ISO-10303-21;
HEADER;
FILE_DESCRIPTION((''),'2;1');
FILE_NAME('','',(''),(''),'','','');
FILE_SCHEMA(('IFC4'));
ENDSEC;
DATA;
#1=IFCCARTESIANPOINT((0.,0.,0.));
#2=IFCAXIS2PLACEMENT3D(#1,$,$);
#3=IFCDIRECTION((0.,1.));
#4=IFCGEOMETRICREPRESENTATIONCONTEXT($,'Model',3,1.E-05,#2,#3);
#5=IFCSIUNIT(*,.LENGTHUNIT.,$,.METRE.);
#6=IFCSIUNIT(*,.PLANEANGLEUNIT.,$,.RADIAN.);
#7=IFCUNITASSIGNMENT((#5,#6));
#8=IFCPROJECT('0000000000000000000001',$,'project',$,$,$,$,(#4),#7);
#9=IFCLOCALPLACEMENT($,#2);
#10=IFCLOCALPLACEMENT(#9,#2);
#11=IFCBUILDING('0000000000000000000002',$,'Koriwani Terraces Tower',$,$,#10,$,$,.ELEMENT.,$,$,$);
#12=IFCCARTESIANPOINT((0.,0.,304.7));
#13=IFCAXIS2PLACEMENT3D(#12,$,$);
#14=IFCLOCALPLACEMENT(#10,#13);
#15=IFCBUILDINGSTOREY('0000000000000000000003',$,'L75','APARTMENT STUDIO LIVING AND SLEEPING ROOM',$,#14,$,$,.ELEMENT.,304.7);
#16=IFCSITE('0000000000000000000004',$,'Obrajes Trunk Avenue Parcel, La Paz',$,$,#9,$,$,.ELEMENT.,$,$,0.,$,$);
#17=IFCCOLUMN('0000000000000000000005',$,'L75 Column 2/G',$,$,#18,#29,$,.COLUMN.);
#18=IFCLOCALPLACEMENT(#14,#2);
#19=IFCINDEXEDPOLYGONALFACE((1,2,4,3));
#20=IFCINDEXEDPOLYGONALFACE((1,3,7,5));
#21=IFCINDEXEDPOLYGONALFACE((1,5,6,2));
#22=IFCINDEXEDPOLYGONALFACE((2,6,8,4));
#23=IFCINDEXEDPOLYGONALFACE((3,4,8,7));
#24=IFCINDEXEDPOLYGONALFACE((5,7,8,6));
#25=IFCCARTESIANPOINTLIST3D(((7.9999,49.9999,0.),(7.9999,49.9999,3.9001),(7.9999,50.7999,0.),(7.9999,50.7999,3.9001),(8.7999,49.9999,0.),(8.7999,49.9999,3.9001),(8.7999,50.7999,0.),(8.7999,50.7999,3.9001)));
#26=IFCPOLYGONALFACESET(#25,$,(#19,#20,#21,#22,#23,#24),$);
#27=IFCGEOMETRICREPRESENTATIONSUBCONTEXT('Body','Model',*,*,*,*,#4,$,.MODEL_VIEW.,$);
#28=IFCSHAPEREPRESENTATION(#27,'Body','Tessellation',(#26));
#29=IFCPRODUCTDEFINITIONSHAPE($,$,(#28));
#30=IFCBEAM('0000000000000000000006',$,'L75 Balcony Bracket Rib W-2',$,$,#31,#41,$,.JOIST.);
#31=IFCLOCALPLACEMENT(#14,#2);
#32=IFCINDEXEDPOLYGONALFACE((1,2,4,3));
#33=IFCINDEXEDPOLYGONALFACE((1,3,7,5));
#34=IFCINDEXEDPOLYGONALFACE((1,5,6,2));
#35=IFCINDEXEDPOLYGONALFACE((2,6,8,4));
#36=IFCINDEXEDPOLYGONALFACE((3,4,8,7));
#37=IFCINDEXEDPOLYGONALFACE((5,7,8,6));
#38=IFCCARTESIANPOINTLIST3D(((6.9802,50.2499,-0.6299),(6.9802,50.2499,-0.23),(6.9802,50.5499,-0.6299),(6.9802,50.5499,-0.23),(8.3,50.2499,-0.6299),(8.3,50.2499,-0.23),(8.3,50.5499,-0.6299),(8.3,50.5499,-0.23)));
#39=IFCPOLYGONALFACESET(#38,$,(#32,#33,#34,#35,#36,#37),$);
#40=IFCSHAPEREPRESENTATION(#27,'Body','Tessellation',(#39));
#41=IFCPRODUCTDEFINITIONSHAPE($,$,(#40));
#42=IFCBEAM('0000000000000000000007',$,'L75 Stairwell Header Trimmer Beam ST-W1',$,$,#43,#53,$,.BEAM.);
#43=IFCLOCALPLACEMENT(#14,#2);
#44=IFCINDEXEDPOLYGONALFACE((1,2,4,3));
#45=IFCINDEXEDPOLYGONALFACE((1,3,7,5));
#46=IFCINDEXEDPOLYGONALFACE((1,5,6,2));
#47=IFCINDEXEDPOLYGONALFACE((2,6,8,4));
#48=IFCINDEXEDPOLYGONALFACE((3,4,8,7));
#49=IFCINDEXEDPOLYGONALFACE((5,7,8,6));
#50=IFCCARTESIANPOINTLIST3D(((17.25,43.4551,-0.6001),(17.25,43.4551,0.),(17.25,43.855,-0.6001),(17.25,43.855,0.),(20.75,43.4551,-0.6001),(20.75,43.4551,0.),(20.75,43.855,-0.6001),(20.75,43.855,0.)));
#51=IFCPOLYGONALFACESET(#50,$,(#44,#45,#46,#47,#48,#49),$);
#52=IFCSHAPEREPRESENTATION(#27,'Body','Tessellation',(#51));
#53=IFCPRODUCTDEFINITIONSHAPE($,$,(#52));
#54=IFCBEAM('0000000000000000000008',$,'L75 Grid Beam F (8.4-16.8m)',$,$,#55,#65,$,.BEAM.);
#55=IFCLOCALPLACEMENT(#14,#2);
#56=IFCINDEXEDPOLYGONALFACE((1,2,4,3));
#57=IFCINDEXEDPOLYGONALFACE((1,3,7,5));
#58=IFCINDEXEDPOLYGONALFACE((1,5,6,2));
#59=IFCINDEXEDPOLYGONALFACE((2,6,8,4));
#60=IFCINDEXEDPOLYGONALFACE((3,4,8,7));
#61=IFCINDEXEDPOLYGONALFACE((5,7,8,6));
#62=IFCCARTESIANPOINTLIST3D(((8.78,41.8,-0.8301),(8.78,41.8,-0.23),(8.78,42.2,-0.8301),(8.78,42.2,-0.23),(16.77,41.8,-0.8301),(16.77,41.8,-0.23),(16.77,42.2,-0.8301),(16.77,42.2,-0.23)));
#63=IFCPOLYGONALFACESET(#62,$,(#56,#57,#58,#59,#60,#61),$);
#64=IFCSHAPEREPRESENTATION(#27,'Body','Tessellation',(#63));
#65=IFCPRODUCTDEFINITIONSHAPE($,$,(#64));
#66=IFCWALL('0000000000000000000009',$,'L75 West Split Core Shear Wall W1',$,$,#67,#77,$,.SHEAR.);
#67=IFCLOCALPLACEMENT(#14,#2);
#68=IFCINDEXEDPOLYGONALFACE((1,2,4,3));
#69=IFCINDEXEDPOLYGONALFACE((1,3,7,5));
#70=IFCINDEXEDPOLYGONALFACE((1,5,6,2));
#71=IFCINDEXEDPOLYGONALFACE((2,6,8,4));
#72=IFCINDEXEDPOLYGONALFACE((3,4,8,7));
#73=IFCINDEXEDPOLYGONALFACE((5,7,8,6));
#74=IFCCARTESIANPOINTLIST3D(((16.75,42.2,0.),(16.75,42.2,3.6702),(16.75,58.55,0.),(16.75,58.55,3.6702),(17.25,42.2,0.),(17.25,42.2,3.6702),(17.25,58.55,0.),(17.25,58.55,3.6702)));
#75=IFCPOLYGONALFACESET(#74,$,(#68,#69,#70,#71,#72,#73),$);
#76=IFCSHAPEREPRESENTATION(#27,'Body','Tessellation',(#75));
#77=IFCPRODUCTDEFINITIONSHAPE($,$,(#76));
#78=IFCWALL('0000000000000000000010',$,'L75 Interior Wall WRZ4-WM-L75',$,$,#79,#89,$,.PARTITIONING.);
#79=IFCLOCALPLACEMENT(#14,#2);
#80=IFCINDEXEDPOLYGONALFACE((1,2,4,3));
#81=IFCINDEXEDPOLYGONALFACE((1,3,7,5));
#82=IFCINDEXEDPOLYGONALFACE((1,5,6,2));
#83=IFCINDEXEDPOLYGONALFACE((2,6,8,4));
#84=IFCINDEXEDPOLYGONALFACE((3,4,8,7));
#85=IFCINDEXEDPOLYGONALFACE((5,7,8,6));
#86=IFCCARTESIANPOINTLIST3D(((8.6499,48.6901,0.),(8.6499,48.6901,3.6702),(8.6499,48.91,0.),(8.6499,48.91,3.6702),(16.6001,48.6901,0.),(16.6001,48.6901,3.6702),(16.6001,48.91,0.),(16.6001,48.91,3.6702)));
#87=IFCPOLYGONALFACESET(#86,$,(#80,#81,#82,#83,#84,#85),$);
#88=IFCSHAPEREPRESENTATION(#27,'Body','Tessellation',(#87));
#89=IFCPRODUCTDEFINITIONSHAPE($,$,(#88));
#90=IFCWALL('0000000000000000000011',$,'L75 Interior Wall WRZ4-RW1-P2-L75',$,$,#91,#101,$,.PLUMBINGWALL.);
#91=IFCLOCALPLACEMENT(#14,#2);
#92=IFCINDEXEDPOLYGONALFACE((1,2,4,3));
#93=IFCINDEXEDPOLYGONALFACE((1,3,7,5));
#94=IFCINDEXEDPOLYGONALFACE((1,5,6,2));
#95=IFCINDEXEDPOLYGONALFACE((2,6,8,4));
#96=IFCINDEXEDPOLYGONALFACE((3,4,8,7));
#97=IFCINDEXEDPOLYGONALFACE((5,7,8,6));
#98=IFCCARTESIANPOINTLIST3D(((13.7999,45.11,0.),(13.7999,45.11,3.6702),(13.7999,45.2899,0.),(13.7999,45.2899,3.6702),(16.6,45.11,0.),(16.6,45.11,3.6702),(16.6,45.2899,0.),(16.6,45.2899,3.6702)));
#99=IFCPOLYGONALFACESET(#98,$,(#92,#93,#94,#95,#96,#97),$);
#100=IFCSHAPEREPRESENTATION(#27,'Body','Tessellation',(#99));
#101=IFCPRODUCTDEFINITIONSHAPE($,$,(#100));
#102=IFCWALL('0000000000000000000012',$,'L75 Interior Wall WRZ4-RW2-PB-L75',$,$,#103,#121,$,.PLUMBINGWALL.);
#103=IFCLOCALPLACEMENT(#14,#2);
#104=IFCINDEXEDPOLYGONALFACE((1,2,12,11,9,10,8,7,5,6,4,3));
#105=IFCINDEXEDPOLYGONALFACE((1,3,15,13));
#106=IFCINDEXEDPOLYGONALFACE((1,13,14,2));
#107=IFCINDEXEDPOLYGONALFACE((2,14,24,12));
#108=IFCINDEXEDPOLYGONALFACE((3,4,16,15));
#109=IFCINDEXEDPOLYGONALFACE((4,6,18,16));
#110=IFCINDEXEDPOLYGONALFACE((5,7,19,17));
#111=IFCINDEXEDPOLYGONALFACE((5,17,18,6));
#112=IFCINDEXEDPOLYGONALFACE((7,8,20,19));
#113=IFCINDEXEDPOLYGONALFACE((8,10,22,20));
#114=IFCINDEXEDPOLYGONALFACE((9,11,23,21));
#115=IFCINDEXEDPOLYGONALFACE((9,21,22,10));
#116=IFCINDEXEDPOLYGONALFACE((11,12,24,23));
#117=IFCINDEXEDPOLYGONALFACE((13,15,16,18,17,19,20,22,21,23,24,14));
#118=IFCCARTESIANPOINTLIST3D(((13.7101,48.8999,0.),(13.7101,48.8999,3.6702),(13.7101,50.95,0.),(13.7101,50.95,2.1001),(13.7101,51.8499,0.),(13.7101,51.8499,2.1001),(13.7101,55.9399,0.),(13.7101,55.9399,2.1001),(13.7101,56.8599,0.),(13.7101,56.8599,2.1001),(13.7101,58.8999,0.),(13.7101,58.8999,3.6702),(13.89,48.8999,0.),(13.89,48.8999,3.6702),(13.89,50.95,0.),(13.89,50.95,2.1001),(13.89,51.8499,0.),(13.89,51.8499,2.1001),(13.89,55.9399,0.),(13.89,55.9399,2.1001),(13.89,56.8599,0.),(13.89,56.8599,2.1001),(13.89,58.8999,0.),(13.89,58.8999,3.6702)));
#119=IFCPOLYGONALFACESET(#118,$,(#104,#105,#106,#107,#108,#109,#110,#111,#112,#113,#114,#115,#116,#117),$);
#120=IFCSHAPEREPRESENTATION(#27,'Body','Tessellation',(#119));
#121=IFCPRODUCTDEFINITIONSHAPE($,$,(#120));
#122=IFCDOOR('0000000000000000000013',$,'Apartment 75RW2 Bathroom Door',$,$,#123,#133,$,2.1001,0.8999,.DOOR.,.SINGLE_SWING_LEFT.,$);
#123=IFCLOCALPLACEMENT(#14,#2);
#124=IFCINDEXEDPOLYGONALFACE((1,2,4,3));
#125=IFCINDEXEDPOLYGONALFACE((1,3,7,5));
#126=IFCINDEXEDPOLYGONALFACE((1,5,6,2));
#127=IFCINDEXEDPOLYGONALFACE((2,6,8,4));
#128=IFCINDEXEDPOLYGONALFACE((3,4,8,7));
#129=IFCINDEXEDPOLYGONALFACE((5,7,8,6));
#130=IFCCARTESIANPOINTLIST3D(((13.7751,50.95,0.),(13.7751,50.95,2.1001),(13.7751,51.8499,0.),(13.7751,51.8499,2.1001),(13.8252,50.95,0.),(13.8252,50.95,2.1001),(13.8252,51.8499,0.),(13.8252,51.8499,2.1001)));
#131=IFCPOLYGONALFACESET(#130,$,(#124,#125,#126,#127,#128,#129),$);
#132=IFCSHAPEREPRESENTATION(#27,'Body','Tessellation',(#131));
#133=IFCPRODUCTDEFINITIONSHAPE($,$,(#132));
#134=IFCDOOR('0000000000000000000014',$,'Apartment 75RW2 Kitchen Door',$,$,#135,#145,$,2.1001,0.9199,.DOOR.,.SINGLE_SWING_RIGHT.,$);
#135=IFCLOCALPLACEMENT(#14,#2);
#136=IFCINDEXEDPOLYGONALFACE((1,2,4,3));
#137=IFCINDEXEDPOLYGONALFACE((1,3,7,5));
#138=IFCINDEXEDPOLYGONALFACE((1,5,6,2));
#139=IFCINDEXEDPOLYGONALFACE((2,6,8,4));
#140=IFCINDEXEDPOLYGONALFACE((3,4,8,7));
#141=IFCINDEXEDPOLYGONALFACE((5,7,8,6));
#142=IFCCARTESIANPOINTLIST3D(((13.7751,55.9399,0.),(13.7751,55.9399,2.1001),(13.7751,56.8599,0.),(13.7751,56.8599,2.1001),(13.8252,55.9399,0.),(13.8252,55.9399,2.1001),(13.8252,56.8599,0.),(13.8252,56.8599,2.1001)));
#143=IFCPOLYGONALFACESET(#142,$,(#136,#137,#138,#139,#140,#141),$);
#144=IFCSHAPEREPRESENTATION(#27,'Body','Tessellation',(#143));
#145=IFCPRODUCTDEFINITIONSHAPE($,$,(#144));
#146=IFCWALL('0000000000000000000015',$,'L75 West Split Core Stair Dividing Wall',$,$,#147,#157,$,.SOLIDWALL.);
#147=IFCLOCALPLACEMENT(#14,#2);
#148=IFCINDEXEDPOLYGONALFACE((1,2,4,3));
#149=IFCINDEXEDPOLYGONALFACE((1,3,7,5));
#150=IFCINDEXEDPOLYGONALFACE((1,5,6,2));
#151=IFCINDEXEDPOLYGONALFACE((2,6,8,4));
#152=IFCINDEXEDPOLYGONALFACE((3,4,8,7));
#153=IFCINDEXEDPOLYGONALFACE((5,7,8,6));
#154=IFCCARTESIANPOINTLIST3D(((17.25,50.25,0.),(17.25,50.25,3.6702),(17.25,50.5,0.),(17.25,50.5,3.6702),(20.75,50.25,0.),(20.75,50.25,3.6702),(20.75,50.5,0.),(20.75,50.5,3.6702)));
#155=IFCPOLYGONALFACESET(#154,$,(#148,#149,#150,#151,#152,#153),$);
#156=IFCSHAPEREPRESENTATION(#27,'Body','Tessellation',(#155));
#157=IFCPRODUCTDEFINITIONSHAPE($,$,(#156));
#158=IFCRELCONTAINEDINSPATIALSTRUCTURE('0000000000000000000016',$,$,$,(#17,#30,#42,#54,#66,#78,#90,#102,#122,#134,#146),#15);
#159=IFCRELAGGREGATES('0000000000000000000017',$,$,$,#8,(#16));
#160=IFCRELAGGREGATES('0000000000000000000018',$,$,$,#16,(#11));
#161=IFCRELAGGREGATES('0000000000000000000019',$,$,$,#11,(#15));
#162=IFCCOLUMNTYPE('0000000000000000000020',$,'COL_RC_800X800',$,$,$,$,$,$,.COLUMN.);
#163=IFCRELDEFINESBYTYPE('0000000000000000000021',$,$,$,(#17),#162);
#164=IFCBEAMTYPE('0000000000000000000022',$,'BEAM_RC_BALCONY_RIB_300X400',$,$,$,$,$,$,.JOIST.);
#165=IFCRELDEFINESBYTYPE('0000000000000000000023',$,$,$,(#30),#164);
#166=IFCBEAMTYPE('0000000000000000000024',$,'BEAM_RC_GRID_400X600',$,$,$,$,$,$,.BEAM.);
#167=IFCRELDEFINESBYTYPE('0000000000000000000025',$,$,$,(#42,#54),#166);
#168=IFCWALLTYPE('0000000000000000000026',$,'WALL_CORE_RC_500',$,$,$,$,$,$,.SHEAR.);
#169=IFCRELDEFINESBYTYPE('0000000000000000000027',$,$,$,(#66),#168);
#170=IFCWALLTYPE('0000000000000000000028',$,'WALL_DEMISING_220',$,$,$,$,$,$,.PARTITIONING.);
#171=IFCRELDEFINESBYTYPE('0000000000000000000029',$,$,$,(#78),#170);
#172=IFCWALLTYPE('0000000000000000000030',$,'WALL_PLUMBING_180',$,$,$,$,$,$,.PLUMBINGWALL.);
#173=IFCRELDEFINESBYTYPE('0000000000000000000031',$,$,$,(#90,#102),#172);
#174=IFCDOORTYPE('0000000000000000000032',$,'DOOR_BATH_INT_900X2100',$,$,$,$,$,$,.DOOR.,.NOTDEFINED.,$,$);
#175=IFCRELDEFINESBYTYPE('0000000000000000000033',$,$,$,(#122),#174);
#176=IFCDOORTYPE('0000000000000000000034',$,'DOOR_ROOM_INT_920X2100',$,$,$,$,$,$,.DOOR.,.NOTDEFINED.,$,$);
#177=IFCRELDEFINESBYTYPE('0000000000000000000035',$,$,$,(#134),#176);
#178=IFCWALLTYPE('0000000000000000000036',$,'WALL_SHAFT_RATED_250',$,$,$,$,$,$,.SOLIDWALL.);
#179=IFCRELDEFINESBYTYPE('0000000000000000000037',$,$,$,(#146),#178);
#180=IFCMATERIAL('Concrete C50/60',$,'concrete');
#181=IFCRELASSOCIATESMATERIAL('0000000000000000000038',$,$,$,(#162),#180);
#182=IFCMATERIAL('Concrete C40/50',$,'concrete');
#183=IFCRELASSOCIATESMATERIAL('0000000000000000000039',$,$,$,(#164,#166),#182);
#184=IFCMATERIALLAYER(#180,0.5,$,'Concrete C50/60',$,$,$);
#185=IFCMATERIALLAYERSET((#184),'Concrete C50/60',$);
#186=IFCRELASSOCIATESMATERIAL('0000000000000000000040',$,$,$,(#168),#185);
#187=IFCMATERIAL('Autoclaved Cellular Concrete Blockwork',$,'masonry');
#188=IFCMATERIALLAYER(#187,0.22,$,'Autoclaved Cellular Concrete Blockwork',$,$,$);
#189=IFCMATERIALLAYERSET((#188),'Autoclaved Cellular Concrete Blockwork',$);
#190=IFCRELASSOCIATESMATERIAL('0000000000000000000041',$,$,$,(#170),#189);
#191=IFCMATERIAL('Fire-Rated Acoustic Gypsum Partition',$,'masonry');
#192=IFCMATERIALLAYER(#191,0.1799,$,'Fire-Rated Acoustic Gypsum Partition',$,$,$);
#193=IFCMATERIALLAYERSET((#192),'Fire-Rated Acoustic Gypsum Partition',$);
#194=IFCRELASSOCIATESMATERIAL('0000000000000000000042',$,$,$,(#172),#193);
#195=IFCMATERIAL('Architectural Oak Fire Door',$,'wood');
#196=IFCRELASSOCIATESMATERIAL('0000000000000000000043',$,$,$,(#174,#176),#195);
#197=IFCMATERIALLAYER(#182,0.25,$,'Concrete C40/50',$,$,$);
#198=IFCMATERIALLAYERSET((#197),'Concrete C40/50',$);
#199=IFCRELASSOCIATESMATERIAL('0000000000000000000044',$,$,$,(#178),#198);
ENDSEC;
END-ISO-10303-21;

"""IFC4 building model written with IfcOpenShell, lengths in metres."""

from ifc_helpers import new_model, si_unit, direction, frame, frame_2d, origin, origin_2d, place, context, subcontext, project, spatial, rectangle, extrude, material, layer, layer_set, material_profile, profile_set, type_object, element, fill, save


model = new_model("IFC4")

# Units and contexts
model_context = context("Model", 3, precision=1e-05, world=origin(), true_north=direction((0.0, 1.0)))
body_context = subcontext(model_context, "Body", "Model", "MODEL_VIEW")
ifc_project = project(units=[si_unit("LENGTHUNIT", "METRE"), si_unit("PLANEANGLEUNIT", "RADIAN")], contexts=[model_context])

# Site, building, storey
site_placement = place(None, origin())
site = spatial("IfcSite", under=ifc_project, at=site_placement, Name="Obrajes Trunk Avenue Parcel, La Paz", CompositionType="ELEMENT", RefElevation=0.0)
building_placement = place(site_placement, origin())
building = spatial("IfcBuilding", under=site, at=building_placement, Name="Koriwani Terraces Tower", CompositionType="ELEMENT")
storey_placement = place(building_placement, frame((0.0, 0.0, 304.7)))
storey = spatial("IfcBuildingStorey", under=building, at=storey_placement, Name="L75", Description="APARTMENT STUDIO LIVING AND SLEEPING ROOM", CompositionType="ELEMENT", Elevation=304.7)

# Column
ifc_material_1 = material(Name="Concrete C50/60", Category="concrete")
ifc_material_profile_1 = material_profile(ifc_material_1, rectangle(XDim=0.8, YDim=0.8, at=origin_2d()), Name="Concrete C50/60", Category="LoadBearing")
ifc_profile_set_1 = profile_set([ifc_material_profile_1], Name="Concrete C50/60")
column_type = type_object("IfcColumnType", Name="COL_RC_800X800", PredefinedType="COLUMN", material=ifc_profile_set_1)
column_placement = place(storey_placement, frame((8.3999, 50.3999, 0.0), z_axis=(0.0, 0.0, 1.0), x_axis=(1.0, 0.0, 0.0)))
element("IfcColumn", 1, at=column_placement, inside=storey, type_object=column_type, Name="L75 Column 2/G", PredefinedType="COLUMN", context=body_context, shape_type="SweptSolid", body=[
    extrude(rectangle(XDim=0.8, YDim=0.8, at=origin_2d()), origin(), (0.0, 0.0, 1.0), 3.9001),
])

# Beams
ifc_material_2 = material(Name="Concrete C40/50", Category="concrete")
ifc_material_profile_2 = material_profile(ifc_material_2, rectangle(XDim=0.3, YDim=0.3999, at=origin_2d()), Name="Concrete C40/50", Category="LoadBearing")
ifc_profile_set_2 = profile_set([ifc_material_profile_2], Name="Concrete C40/50")
beam_type_1 = type_object("IfcBeamType", Name="BEAM_RC_BALCONY_RIB_300X400", PredefinedType="JOIST", material=ifc_profile_set_2)
beam_1_placement = place(storey_placement, frame((6.9802, 50.3999, -0.4299), z_axis=(1.0, 0.0, 0.0), x_axis=(0.0, 1.0, 0.0)))
element("IfcBeam", 2, at=beam_1_placement, inside=storey, type_object=beam_type_1, Name="L75 Balcony Bracket Rib W-2", PredefinedType="JOIST", context=body_context, shape_type="SweptSolid", body=[
    extrude(rectangle(XDim=0.3, YDim=0.3999, at=origin_2d()), origin(), (0.0, 0.0, 1.0), 1.3198),
])
ifc_material_profile_3 = material_profile(ifc_material_2, rectangle(XDim=0.3999, YDim=0.6001, at=origin_2d()), Name="Concrete C40/50", Category="LoadBearing")
ifc_profile_set_3 = profile_set([ifc_material_profile_3], Name="Concrete C40/50")
beam_type_2 = type_object("IfcBeamType", Name="BEAM_RC_GRID_400X600", PredefinedType="BEAM", material=ifc_profile_set_3)
beam_2_placement = place(storey_placement, frame((17.25, 43.655, -0.3), z_axis=(1.0, 0.0, 0.0), x_axis=(0.0, 1.0, 0.0)))
element("IfcBeam", 3, at=beam_2_placement, inside=storey, type_object=beam_type_2, Name="L75 Stairwell Header Trimmer Beam ST-W1", PredefinedType="BEAM", context=body_context, shape_type="SweptSolid", body=[
    extrude(rectangle(XDim=0.3999, YDim=0.6001, at=origin_2d()), origin(), (0.0, 0.0, 1.0), 3.5),
])
beam_3_placement = place(storey_placement, frame((8.78, 42.0, -0.53), z_axis=(1.0, 0.0, 0.0), x_axis=(0.0, 1.0, 0.0)))
element("IfcBeam", 4, at=beam_3_placement, inside=storey, type_object=beam_type_2, Name="L75 Grid Beam F (8.4-16.8m)", PredefinedType="BEAM", context=body_context, shape_type="SweptSolid", body=[
    extrude(rectangle(XDim=0.3999, YDim=0.6001, at=origin_2d()), origin(), (0.0, 0.0, 1.0), 7.99),
])

# Walls
ifc_layer_1 = layer(ifc_material_1, 0.5, Name="Concrete C50/60")
ifc_layer_set_1 = layer_set([ifc_layer_1], Name="Concrete C50/60")
wall_type_1 = type_object("IfcWallType", Name="WALL_CORE_RC_500", PredefinedType="SHEAR", material=ifc_layer_set_1)
wall_1_placement = place(storey_placement, frame((17.0, 42.2, 0.0), z_axis=(0.0, 0.0, 1.0), x_axis=(0.0, 1.0, 0.0)))
element("IfcWall", 5, at=wall_1_placement, inside=storey, type_object=wall_type_1, Name="L75 West Split Core Shear Wall W1", PredefinedType="SHEAR", context=body_context, shape_type="SweptSolid", body=[
    extrude(rectangle(XDim=16.3501, YDim=0.5, at=frame_2d((8.175, 0.0))), origin(), (0.0, 0.0, 1.0), 3.6702),
])
ifc_material_3 = material(Name="Autoclaved Cellular Concrete Blockwork", Category="masonry")
ifc_layer_2 = layer(ifc_material_3, 0.22, Name="Autoclaved Cellular Concrete Blockwork")
ifc_layer_set_2 = layer_set([ifc_layer_2], Name="Autoclaved Cellular Concrete Blockwork")
wall_type_2 = type_object("IfcWallType", Name="WALL_DEMISING_220", PredefinedType="PARTITIONING", material=ifc_layer_set_2)
wall_2_placement = place(storey_placement, frame((8.6499, 48.8, 0.0), z_axis=(0.0, 0.0, 1.0), x_axis=(1.0, 0.0, 0.0)))
element("IfcWall", 6, at=wall_2_placement, inside=storey, type_object=wall_type_2, Name="L75 Interior Wall WRZ4-WM-L75", PredefinedType="PARTITIONING", context=body_context, shape_type="SweptSolid", body=[
    extrude(rectangle(XDim=7.9502, YDim=0.22, at=frame_2d((3.9751, 0.0))), origin(), (0.0, 0.0, 1.0), 3.6702),
])
ifc_material_4 = material(Name="Fire-Rated Acoustic Gypsum Partition", Category="masonry")
ifc_layer_3 = layer(ifc_material_4, 0.1799, Name="Fire-Rated Acoustic Gypsum Partition")
ifc_layer_set_3 = layer_set([ifc_layer_3], Name="Fire-Rated Acoustic Gypsum Partition")
wall_type_3 = type_object("IfcWallType", Name="WALL_PLUMBING_180", PredefinedType="PLUMBINGWALL", material=ifc_layer_set_3)
wall_3_placement = place(storey_placement, frame((13.8, 45.2, 0.0), z_axis=(0.0, 0.0, 1.0), x_axis=(1.0, 0.0, 0.0)))
element("IfcWall", 7, at=wall_3_placement, inside=storey, type_object=wall_type_3, Name="L75 Interior Wall WRZ4-RW1-P2-L75", PredefinedType="PLUMBINGWALL", context=body_context, shape_type="SweptSolid", body=[
    extrude(rectangle(XDim=2.8, YDim=0.1799, at=frame_2d((1.3999, 0.0))), origin(), (0.0, 0.0, 1.0), 3.6702),
])

# Wall, openings, doors
wall_4_placement = place(storey_placement, frame((13.8, 48.8999, 0.0), z_axis=(0.0, 0.0, 1.0), x_axis=(0.0, 1.0, 0.0)))
wall_4 = element("IfcWall", 8, at=wall_4_placement, inside=storey, type_object=wall_type_3, Name="L75 Interior Wall WRZ4-RW2-PB-L75", PredefinedType="PLUMBINGWALL", context=body_context, shape_type="SweptSolid", body=[
    extrude(rectangle(XDim=10.0, YDim=0.1799, at=frame_2d((5.0, 0.0))), origin(), (0.0, 0.0, 1.0), 3.6702),
])
opening_1_placement = place(wall_4_placement, frame((2.05, 0.0, 0.0)))
opening_1 = element("IfcOpeningElement", 9, at=opening_1_placement, cuts=wall_4, PredefinedType="OPENING", context=body_context, shape_type="SweptSolid", body=[
    extrude(rectangle(XDim=0.8999, YDim=2.1001, at=frame_2d((0.45, 1.05))), frame((0.0, 0.1001, 0.0), z_axis=(0.0, -1.0, 0.0), x_axis=(1.0, 0.0, 0.0)), (0.0, 0.0, 1.0), 0.2),
])
opening_2_placement = place(wall_4_placement, frame((7.04, 0.0, 0.0)))
opening_2 = element("IfcOpeningElement", 10, at=opening_2_placement, cuts=wall_4, PredefinedType="OPENING", context=body_context, shape_type="SweptSolid", body=[
    extrude(rectangle(XDim=0.9199, YDim=2.1001, at=frame_2d((0.46, 1.05))), frame((0.0, 0.1001, 0.0), z_axis=(0.0, -1.0, 0.0), x_axis=(1.0, 0.0, 0.0)), (0.0, 0.0, 1.0), 0.2),
])
ifc_material_5 = material(Name="Architectural Oak Fire Door", Category="wood")
door_type_1 = type_object("IfcDoorType", Name="DOOR_BATH_INT_900X2100", OperationType="NOTDEFINED", PredefinedType="DOOR", material=ifc_material_5)
door_1_placement = place(opening_1_placement, origin())
door_1 = element("IfcDoor", 11, at=door_1_placement, inside=storey, type_object=door_type_1, Name="Apartment 75RW2 Bathroom Door", OperationType="SINGLE_SWING_LEFT", OverallHeight=2.1001, OverallWidth=0.8999, PredefinedType="DOOR", context=body_context, shape_type="SweptSolid", body=[
    extrude(rectangle(XDim=0.8999, YDim=2.1001, at=frame_2d((0.45, 1.05))), frame((0.0, 0.0249, 0.0), z_axis=(0.0, -1.0, 0.0), x_axis=(1.0, 0.0, 0.0)), (0.0, 0.0, 1.0), 0.05),
])
fill(opening_1, door_1)
door_type_2 = type_object("IfcDoorType", Name="DOOR_ROOM_INT_920X2100", OperationType="NOTDEFINED", PredefinedType="DOOR", material=ifc_material_5)
door_2_placement = place(opening_2_placement, origin())
door_2 = element("IfcDoor", 12, at=door_2_placement, inside=storey, type_object=door_type_2, Name="Apartment 75RW2 Kitchen Door", OperationType="SINGLE_SWING_RIGHT", OverallHeight=2.1001, OverallWidth=0.9199, PredefinedType="DOOR", context=body_context, shape_type="SweptSolid", body=[
    extrude(rectangle(XDim=0.9199, YDim=2.1001, at=frame_2d((0.46, 1.05))), frame((0.0, 0.0249, 0.0), z_axis=(0.0, -1.0, 0.0), x_axis=(1.0, 0.0, 0.0)), (0.0, 0.0, 1.0), 0.05),
])
fill(opening_2, door_2)

# Wall
ifc_layer_4 = layer(ifc_material_2, 0.25, Name="Concrete C40/50")
ifc_layer_set_4 = layer_set([ifc_layer_4], Name="Concrete C40/50")
wall_type_4 = type_object("IfcWallType", Name="WALL_SHAFT_RATED_250", PredefinedType="SOLIDWALL", material=ifc_layer_set_4)
wall_5_placement = place(storey_placement, frame((17.25, 50.375, 0.0), z_axis=(0.0, 0.0, 1.0), x_axis=(1.0, 0.0, 0.0)))
element("IfcWall", 13, at=wall_5_placement, inside=storey, type_object=wall_type_4, Name="L75 West Split Core Stair Dividing Wall", PredefinedType="SOLIDWALL", context=body_context, shape_type="SweptSolid", body=[
    extrude(rectangle(XDim=3.5, YDim=0.25, at=frame_2d((1.75, 0.0))), origin(), (0.0, 0.0, 1.0), 3.6702),
])

save(model, "model.ifc")
